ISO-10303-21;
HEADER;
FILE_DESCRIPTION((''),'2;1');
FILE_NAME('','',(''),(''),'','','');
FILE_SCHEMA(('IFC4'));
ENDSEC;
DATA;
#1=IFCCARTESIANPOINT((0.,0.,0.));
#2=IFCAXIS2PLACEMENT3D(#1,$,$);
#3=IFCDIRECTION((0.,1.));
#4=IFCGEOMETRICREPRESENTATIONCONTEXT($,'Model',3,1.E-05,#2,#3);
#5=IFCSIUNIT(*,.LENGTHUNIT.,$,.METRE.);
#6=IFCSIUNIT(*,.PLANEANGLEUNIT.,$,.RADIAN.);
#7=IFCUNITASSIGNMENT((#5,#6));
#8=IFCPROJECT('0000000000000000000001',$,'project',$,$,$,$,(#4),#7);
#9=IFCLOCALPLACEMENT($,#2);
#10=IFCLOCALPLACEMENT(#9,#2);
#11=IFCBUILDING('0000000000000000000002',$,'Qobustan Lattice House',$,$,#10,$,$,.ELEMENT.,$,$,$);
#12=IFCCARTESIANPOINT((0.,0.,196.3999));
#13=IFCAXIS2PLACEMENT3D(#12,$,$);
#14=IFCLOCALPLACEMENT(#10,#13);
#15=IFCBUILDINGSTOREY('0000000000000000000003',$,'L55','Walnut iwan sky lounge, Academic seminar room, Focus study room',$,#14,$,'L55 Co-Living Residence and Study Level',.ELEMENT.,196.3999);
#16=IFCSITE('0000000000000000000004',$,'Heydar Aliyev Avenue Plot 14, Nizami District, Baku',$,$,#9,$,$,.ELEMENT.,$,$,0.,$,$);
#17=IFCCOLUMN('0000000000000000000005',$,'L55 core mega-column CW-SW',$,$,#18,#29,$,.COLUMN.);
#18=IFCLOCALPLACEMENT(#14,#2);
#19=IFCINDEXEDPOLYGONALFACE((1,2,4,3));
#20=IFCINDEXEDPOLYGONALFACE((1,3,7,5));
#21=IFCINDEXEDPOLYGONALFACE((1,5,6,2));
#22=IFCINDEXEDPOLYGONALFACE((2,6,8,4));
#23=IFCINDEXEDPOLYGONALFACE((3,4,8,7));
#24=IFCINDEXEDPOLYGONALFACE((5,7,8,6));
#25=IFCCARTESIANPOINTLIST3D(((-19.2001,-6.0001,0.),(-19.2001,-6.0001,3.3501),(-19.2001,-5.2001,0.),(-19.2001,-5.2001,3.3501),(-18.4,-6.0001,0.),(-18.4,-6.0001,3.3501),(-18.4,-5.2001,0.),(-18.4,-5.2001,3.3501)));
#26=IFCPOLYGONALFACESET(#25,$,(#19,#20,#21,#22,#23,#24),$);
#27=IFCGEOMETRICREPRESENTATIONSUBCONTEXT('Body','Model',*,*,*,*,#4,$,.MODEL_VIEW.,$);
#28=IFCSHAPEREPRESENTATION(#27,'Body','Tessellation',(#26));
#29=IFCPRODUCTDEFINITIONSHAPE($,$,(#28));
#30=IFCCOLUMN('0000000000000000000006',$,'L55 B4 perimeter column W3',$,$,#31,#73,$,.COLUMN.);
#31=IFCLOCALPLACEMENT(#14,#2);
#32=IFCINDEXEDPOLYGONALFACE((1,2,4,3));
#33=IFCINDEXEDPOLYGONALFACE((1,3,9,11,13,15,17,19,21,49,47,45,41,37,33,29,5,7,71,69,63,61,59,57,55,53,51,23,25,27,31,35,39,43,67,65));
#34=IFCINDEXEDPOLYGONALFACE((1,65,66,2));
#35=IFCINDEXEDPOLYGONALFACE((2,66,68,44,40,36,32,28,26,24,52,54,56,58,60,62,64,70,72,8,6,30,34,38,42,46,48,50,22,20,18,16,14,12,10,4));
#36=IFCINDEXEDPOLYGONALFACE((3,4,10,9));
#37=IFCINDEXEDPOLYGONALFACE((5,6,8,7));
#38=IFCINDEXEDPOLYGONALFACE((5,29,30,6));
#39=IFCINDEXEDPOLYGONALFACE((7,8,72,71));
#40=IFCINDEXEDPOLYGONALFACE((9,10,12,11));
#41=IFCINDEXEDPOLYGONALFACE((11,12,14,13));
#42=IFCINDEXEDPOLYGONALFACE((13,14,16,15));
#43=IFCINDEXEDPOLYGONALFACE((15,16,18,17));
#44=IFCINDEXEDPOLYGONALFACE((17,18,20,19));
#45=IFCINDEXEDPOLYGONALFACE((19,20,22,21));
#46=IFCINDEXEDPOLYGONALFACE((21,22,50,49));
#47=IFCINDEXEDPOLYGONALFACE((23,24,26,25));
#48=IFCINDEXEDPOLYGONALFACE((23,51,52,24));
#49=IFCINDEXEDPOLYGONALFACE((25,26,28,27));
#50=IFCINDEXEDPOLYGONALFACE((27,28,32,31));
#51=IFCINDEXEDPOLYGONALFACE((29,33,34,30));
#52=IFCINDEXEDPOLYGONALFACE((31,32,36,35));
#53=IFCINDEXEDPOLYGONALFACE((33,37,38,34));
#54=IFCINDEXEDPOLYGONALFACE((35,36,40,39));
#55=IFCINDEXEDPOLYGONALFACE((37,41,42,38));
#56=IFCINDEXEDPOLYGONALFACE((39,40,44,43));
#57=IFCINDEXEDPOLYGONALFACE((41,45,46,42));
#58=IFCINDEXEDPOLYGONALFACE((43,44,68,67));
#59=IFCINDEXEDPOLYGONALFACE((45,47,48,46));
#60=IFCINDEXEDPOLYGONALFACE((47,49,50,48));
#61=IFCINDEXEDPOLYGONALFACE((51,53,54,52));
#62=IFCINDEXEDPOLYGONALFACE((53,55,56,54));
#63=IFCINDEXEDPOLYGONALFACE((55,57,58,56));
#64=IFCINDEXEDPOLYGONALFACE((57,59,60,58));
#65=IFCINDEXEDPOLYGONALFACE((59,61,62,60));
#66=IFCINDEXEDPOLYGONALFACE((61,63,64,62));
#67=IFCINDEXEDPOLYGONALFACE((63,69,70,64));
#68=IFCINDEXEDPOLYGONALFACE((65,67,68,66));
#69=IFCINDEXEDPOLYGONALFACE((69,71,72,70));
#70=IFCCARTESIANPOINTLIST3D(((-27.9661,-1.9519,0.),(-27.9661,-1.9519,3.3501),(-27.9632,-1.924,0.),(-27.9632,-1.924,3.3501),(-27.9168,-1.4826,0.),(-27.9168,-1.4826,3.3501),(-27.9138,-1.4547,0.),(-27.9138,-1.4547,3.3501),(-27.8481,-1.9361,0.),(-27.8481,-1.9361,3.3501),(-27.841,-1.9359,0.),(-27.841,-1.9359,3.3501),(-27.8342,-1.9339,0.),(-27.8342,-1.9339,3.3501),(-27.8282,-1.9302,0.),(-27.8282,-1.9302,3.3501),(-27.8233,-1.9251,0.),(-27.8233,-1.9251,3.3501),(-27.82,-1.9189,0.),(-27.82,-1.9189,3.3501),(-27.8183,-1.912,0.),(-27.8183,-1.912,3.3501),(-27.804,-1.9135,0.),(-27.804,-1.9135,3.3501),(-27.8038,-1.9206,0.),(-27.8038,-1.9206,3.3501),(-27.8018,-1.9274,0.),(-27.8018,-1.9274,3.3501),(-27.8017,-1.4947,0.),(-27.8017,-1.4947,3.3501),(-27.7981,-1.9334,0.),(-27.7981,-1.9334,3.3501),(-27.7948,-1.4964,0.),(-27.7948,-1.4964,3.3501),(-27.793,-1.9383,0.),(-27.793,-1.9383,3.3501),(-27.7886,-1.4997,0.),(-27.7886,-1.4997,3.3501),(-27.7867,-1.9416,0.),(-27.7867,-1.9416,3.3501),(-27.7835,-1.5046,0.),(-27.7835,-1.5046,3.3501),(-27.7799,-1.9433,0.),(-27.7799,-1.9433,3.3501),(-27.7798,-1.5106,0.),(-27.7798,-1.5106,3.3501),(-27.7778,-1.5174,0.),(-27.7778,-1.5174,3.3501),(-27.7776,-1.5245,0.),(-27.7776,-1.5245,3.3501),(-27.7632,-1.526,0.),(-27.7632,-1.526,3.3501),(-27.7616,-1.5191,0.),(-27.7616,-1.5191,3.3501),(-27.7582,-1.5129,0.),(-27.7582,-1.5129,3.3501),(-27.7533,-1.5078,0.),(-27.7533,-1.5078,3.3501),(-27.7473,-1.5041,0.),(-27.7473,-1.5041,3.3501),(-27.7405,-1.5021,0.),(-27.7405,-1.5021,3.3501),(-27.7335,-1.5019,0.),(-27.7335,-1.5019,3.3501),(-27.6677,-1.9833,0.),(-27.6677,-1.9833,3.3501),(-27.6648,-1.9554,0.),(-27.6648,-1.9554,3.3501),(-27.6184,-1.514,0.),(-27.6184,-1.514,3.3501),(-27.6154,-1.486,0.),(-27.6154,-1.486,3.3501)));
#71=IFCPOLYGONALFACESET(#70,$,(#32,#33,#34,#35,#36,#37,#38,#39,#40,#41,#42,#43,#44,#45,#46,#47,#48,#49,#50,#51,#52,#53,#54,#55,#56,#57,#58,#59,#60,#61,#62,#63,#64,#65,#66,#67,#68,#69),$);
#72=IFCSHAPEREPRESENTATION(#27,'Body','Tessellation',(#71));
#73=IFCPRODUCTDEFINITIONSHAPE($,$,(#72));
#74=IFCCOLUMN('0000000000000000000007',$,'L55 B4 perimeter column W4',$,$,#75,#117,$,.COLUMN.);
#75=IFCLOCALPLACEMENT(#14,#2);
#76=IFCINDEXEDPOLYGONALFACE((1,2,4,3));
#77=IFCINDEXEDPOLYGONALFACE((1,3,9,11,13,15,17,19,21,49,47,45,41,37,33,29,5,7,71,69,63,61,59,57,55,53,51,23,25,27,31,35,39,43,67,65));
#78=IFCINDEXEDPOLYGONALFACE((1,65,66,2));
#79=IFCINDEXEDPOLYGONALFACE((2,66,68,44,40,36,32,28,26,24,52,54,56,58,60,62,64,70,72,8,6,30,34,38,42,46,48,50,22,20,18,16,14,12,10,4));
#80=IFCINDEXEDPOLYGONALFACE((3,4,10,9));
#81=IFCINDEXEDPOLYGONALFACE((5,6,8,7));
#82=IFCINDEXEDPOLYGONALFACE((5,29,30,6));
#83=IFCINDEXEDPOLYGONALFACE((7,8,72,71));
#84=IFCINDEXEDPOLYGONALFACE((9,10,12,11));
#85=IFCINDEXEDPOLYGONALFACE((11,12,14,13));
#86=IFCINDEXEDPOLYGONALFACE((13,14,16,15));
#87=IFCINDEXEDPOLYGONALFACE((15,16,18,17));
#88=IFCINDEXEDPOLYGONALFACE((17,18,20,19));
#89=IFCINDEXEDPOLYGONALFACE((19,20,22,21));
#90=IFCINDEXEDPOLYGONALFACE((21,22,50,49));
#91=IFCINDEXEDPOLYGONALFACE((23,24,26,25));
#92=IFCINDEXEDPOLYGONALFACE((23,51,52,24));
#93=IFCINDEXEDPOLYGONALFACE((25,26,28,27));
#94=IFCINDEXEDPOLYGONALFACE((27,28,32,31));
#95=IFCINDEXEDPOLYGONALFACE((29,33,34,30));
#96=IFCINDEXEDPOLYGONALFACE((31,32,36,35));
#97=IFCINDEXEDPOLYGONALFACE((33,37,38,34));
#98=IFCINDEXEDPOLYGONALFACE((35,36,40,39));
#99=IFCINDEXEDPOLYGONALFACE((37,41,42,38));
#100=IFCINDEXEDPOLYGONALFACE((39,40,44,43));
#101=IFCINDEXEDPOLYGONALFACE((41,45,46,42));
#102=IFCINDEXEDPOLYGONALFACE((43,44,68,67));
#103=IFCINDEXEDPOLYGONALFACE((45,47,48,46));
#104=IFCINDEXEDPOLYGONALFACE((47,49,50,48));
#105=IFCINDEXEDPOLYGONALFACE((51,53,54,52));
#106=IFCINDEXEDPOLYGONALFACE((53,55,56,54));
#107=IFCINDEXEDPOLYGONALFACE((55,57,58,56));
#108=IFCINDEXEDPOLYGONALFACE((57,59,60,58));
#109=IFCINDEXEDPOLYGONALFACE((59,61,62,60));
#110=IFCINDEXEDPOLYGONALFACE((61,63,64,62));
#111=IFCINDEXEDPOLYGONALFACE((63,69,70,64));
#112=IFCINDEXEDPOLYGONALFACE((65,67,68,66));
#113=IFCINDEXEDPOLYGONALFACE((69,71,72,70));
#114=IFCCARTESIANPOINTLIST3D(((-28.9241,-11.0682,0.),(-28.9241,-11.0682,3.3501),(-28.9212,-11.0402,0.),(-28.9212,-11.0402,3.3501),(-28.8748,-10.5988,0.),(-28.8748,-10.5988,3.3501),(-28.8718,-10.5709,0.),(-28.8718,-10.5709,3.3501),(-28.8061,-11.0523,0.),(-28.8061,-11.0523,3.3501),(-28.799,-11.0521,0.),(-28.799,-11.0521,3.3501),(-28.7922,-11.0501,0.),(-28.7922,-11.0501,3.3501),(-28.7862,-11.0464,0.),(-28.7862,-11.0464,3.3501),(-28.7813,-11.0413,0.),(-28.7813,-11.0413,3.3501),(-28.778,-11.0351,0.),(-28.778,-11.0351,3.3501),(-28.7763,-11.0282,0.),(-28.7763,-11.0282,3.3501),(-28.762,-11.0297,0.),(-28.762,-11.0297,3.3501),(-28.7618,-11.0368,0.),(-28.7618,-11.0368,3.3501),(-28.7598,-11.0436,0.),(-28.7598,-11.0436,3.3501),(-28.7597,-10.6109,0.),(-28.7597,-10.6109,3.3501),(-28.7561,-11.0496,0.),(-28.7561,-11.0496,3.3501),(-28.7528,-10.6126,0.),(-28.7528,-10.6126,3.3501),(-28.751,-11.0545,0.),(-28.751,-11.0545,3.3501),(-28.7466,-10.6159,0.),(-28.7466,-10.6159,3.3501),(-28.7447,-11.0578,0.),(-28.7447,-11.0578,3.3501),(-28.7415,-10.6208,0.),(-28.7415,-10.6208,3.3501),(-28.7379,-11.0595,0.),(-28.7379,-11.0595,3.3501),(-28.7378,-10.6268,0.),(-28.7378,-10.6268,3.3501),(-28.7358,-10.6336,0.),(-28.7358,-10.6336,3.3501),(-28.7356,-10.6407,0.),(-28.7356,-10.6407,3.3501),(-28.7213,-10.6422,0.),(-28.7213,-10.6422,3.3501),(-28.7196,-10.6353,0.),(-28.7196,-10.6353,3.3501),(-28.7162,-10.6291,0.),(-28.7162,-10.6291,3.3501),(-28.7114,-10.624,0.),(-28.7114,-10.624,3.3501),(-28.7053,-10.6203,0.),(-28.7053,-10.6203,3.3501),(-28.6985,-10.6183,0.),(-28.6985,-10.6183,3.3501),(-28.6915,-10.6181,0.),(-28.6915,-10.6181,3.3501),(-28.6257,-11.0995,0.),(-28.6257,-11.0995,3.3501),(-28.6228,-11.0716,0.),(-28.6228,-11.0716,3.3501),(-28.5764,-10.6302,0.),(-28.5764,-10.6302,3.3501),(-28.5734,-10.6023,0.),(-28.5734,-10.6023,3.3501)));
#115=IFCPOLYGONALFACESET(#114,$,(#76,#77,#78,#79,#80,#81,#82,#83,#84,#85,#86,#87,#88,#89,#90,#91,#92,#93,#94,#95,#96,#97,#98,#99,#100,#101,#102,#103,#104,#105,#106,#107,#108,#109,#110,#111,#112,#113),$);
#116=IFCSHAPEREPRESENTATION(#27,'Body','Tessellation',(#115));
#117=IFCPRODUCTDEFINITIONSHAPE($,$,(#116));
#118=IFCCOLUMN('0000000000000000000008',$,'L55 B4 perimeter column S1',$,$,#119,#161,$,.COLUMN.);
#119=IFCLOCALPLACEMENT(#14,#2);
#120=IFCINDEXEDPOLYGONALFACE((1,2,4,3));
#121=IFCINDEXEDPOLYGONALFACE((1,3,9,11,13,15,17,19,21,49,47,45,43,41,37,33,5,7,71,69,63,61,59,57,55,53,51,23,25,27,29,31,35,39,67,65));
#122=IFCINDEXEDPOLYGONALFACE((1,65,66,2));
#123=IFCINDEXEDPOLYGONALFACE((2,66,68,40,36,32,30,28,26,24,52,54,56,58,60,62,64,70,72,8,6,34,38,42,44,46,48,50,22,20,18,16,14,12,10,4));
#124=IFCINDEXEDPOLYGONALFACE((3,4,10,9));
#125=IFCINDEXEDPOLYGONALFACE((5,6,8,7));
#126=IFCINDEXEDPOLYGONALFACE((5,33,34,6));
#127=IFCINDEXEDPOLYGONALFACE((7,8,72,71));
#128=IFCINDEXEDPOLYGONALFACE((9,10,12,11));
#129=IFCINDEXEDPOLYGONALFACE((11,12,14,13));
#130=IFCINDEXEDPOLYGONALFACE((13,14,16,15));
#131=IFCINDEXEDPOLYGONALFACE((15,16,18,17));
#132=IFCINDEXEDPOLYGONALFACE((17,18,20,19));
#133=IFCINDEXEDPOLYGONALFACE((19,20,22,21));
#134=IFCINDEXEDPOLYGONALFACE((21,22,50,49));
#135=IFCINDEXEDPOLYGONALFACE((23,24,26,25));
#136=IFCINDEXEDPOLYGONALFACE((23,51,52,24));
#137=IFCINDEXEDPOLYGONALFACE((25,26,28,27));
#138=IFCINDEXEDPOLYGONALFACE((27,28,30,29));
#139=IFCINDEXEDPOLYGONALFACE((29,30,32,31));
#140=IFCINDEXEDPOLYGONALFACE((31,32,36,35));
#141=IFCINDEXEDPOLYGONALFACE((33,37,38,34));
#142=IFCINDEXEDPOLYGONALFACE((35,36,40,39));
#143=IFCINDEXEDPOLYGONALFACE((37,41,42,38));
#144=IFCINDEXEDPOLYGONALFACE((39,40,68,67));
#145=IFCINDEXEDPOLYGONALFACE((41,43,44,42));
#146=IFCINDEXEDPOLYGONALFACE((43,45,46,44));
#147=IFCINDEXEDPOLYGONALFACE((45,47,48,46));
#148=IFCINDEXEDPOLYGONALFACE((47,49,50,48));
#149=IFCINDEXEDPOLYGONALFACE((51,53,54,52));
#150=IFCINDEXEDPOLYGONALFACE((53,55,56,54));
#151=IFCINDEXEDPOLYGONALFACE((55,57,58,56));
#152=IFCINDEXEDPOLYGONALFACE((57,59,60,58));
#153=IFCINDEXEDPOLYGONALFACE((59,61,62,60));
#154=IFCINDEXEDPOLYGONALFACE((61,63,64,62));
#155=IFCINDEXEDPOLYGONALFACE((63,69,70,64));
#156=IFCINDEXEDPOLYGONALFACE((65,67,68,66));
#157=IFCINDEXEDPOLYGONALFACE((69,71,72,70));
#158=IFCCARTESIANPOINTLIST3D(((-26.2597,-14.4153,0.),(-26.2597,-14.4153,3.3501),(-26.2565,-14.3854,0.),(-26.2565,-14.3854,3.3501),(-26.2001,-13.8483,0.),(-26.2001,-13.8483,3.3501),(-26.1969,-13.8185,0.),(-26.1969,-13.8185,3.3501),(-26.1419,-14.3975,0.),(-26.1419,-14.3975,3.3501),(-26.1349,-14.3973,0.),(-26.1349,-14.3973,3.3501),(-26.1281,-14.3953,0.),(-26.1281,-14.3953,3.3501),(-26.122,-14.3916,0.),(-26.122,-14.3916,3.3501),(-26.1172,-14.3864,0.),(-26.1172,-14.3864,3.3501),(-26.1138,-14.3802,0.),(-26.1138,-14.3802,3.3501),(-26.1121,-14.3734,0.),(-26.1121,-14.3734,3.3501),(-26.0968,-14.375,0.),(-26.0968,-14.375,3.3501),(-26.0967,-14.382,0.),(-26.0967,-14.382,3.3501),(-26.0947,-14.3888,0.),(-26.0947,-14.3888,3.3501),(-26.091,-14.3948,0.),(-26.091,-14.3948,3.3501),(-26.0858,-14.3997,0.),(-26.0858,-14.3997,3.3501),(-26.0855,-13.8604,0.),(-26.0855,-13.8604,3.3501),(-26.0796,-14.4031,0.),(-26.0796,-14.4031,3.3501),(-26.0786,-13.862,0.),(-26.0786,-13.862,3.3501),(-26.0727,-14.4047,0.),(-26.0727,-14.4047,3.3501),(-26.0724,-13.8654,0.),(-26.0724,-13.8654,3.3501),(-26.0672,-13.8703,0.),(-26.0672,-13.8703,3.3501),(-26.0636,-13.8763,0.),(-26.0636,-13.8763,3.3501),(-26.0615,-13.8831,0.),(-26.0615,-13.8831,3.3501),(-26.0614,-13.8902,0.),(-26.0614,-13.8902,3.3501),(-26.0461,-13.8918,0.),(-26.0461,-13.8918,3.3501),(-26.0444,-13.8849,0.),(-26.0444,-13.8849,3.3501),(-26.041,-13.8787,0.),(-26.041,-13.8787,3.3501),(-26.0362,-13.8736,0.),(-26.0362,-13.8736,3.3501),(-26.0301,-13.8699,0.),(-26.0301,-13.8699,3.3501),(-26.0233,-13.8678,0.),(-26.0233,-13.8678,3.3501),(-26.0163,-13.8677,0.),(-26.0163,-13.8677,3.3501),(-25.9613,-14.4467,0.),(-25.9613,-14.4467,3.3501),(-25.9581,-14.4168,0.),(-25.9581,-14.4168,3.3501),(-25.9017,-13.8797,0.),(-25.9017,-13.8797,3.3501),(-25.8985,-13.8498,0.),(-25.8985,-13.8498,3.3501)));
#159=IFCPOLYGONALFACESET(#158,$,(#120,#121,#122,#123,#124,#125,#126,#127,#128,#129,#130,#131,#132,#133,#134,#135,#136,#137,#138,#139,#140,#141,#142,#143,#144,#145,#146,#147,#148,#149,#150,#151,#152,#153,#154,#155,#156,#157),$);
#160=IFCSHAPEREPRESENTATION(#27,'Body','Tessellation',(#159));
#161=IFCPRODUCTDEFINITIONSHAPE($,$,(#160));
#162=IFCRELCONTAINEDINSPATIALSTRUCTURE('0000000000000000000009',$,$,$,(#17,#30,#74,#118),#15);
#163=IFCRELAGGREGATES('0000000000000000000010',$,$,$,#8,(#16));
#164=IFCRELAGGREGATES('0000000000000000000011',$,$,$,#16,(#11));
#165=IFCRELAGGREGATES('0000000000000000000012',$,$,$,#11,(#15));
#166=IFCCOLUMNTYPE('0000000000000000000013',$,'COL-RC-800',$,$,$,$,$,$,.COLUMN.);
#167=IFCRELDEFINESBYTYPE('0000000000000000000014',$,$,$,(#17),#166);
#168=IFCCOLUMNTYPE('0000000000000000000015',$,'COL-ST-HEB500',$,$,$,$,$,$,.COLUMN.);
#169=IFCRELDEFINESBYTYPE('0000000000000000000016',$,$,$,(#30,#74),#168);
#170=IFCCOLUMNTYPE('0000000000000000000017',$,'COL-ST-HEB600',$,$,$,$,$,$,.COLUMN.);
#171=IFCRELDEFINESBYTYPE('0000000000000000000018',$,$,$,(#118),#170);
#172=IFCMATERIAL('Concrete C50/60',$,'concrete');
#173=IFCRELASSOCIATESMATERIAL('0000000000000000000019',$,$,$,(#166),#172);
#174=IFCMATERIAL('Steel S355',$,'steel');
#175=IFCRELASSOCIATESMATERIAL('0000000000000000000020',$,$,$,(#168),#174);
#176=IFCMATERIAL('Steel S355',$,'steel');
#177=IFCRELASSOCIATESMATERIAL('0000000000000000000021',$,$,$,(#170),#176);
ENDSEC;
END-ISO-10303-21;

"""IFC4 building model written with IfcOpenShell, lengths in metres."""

from ifc_helpers import new_model, si_unit, direction, frame, origin, origin_2d, place, context, subcontext, project, spatial, rectangle, i_section, extrude, material, material_profile, profile_set, type_object, element, save


model = new_model("IFC4")

# Units and contexts
model_context = context("Model", 3, precision=1e-05, world=origin(), true_north=direction((0.0, 1.0)))
body_context = subcontext(model_context, "Body", "Model", "MODEL_VIEW")
ifc_project = project(units=[si_unit("LENGTHUNIT", "METRE"), si_unit("PLANEANGLEUNIT", "RADIAN")], contexts=[model_context])

# Site, building, storey
site_placement = place(None, origin())
site = spatial("IfcSite", under=ifc_project, at=site_placement, Name="Heydar Aliyev Avenue Plot 14, Nizami District, Baku", CompositionType="ELEMENT", RefElevation=0.0)
building_placement = place(site_placement, origin())
building = spatial("IfcBuilding", under=site, at=building_placement, Name="Qobustan Lattice House", CompositionType="ELEMENT")
storey_placement = place(building_placement, frame((0.0, 0.0, 196.3999)))
storey = spatial("IfcBuildingStorey", under=building, at=storey_placement, Name="L55", Description="Walnut iwan sky lounge, Academic seminar room, Focus study room", LongName="L55 Co-Living Residence and Study Level", CompositionType="ELEMENT", Elevation=196.3999)

# Columns
ifc_material_1 = material(Name="Concrete C50/60", Category="concrete")
ifc_material_profile_1 = material_profile(ifc_material_1, rectangle(XDim=0.8, YDim=0.8, at=origin_2d()), Name="RC800x800")
ifc_profile_set_1 = profile_set([ifc_material_profile_1], Name="Concrete C50/60")
column_type_1 = type_object("IfcColumnType", Name="COL-RC-800", PredefinedType="COLUMN", material=ifc_profile_set_1)
column_placement = place(storey_placement, frame((-18.8, -5.6001, 0.0), z_axis=(0.0, 0.0, 1.0), x_axis=(1.0, 0.0, 0.0)))
element("IfcColumn", 1, at=column_placement, inside=storey, type_object=column_type_1, Name="L55 core mega-column CW-SW", PredefinedType="COLUMN", context=body_context, shape_type="SweptSolid", body=[
    extrude(rectangle(XDim=0.8, YDim=0.8, at=origin_2d()), origin(), (0.0, 0.0, 1.0), 3.3501),
])
ifc_material_2 = material(Name="Steel S355", Category="steel")
ifc_material_profile_2 = material_profile(ifc_material_2, i_section(OverallWidth=0.3, OverallDepth=0.5, WebThickness=0.0144, FlangeThickness=0.0281, FilletRadius=0.0271, at=origin_2d()), Name="HEB500")
ifc_profile_set_2 = profile_set([ifc_material_profile_2], Name="Steel S355")
column_type_2 = type_object("IfcColumnType", Name="COL-ST-HEB500", PredefinedType="COLUMN", material=ifc_profile_set_2)
for number, where, z_axis, x_axis, name in (
    (2, (-27.7908, -1.719, 0.0), (0.0, 0.0, 1.0), (0.994522, -0.104528, 0.0), "L55 B4 perimeter column W3"),
    (3, (-28.7488, -10.8352, 0.0), (0.0, 0.0, 1.0), (0.994522, -0.104528, 0.0), "L55 B4 perimeter column W4"),
):
    element("IfcColumn", number, at=place(storey_placement, frame(where, z_axis=z_axis, x_axis=x_axis)), inside=storey, type_object=column_type_2, Name=name, PredefinedType="COLUMN", context=body_context, shape_type="SweptSolid", body=[
        extrude(i_section(OverallWidth=0.3, OverallDepth=0.5, WebThickness=0.0144, FlangeThickness=0.0281, FilletRadius=0.0271, at=origin_2d()), origin(), (0.0, 0.0, 1.0), 3.3501),
    ])
ifc_material_3 = material(Name="Steel S355", Category="steel")
ifc_material_profile_3 = material_profile(ifc_material_3, i_section(OverallWidth=0.3, OverallDepth=0.6001, WebThickness=0.0154, FlangeThickness=0.03, FilletRadius=0.0271, at=origin_2d()), Name="HEB600")
ifc_profile_set_3 = profile_set([ifc_material_profile_3], Name="Steel S355")
column_type_3 = type_object("IfcColumnType", Name="COL-ST-HEB600", PredefinedType="COLUMN", material=ifc_profile_set_3)
for number, where, z_axis, x_axis, name in (
    (4, (-26.0791, -14.1326, 0.0), (0.0, 0.0, 1.0), (0.994522, -0.104528, 0.0), "L55 B4 perimeter column S1"),
):
    element("IfcColumn", number, at=place(storey_placement, frame(where, z_axis=z_axis, x_axis=x_axis)), inside=storey, type_object=column_type_3, Name=name, PredefinedType="COLUMN", context=body_context, shape_type="SweptSolid", body=[
        extrude(i_section(OverallWidth=0.3, OverallDepth=0.6001, WebThickness=0.0154, FlangeThickness=0.03, FilletRadius=0.0271, at=origin_2d()), origin(), (0.0, 0.0, 1.0), 3.3501),
    ])

save(model, "model.ifc")
